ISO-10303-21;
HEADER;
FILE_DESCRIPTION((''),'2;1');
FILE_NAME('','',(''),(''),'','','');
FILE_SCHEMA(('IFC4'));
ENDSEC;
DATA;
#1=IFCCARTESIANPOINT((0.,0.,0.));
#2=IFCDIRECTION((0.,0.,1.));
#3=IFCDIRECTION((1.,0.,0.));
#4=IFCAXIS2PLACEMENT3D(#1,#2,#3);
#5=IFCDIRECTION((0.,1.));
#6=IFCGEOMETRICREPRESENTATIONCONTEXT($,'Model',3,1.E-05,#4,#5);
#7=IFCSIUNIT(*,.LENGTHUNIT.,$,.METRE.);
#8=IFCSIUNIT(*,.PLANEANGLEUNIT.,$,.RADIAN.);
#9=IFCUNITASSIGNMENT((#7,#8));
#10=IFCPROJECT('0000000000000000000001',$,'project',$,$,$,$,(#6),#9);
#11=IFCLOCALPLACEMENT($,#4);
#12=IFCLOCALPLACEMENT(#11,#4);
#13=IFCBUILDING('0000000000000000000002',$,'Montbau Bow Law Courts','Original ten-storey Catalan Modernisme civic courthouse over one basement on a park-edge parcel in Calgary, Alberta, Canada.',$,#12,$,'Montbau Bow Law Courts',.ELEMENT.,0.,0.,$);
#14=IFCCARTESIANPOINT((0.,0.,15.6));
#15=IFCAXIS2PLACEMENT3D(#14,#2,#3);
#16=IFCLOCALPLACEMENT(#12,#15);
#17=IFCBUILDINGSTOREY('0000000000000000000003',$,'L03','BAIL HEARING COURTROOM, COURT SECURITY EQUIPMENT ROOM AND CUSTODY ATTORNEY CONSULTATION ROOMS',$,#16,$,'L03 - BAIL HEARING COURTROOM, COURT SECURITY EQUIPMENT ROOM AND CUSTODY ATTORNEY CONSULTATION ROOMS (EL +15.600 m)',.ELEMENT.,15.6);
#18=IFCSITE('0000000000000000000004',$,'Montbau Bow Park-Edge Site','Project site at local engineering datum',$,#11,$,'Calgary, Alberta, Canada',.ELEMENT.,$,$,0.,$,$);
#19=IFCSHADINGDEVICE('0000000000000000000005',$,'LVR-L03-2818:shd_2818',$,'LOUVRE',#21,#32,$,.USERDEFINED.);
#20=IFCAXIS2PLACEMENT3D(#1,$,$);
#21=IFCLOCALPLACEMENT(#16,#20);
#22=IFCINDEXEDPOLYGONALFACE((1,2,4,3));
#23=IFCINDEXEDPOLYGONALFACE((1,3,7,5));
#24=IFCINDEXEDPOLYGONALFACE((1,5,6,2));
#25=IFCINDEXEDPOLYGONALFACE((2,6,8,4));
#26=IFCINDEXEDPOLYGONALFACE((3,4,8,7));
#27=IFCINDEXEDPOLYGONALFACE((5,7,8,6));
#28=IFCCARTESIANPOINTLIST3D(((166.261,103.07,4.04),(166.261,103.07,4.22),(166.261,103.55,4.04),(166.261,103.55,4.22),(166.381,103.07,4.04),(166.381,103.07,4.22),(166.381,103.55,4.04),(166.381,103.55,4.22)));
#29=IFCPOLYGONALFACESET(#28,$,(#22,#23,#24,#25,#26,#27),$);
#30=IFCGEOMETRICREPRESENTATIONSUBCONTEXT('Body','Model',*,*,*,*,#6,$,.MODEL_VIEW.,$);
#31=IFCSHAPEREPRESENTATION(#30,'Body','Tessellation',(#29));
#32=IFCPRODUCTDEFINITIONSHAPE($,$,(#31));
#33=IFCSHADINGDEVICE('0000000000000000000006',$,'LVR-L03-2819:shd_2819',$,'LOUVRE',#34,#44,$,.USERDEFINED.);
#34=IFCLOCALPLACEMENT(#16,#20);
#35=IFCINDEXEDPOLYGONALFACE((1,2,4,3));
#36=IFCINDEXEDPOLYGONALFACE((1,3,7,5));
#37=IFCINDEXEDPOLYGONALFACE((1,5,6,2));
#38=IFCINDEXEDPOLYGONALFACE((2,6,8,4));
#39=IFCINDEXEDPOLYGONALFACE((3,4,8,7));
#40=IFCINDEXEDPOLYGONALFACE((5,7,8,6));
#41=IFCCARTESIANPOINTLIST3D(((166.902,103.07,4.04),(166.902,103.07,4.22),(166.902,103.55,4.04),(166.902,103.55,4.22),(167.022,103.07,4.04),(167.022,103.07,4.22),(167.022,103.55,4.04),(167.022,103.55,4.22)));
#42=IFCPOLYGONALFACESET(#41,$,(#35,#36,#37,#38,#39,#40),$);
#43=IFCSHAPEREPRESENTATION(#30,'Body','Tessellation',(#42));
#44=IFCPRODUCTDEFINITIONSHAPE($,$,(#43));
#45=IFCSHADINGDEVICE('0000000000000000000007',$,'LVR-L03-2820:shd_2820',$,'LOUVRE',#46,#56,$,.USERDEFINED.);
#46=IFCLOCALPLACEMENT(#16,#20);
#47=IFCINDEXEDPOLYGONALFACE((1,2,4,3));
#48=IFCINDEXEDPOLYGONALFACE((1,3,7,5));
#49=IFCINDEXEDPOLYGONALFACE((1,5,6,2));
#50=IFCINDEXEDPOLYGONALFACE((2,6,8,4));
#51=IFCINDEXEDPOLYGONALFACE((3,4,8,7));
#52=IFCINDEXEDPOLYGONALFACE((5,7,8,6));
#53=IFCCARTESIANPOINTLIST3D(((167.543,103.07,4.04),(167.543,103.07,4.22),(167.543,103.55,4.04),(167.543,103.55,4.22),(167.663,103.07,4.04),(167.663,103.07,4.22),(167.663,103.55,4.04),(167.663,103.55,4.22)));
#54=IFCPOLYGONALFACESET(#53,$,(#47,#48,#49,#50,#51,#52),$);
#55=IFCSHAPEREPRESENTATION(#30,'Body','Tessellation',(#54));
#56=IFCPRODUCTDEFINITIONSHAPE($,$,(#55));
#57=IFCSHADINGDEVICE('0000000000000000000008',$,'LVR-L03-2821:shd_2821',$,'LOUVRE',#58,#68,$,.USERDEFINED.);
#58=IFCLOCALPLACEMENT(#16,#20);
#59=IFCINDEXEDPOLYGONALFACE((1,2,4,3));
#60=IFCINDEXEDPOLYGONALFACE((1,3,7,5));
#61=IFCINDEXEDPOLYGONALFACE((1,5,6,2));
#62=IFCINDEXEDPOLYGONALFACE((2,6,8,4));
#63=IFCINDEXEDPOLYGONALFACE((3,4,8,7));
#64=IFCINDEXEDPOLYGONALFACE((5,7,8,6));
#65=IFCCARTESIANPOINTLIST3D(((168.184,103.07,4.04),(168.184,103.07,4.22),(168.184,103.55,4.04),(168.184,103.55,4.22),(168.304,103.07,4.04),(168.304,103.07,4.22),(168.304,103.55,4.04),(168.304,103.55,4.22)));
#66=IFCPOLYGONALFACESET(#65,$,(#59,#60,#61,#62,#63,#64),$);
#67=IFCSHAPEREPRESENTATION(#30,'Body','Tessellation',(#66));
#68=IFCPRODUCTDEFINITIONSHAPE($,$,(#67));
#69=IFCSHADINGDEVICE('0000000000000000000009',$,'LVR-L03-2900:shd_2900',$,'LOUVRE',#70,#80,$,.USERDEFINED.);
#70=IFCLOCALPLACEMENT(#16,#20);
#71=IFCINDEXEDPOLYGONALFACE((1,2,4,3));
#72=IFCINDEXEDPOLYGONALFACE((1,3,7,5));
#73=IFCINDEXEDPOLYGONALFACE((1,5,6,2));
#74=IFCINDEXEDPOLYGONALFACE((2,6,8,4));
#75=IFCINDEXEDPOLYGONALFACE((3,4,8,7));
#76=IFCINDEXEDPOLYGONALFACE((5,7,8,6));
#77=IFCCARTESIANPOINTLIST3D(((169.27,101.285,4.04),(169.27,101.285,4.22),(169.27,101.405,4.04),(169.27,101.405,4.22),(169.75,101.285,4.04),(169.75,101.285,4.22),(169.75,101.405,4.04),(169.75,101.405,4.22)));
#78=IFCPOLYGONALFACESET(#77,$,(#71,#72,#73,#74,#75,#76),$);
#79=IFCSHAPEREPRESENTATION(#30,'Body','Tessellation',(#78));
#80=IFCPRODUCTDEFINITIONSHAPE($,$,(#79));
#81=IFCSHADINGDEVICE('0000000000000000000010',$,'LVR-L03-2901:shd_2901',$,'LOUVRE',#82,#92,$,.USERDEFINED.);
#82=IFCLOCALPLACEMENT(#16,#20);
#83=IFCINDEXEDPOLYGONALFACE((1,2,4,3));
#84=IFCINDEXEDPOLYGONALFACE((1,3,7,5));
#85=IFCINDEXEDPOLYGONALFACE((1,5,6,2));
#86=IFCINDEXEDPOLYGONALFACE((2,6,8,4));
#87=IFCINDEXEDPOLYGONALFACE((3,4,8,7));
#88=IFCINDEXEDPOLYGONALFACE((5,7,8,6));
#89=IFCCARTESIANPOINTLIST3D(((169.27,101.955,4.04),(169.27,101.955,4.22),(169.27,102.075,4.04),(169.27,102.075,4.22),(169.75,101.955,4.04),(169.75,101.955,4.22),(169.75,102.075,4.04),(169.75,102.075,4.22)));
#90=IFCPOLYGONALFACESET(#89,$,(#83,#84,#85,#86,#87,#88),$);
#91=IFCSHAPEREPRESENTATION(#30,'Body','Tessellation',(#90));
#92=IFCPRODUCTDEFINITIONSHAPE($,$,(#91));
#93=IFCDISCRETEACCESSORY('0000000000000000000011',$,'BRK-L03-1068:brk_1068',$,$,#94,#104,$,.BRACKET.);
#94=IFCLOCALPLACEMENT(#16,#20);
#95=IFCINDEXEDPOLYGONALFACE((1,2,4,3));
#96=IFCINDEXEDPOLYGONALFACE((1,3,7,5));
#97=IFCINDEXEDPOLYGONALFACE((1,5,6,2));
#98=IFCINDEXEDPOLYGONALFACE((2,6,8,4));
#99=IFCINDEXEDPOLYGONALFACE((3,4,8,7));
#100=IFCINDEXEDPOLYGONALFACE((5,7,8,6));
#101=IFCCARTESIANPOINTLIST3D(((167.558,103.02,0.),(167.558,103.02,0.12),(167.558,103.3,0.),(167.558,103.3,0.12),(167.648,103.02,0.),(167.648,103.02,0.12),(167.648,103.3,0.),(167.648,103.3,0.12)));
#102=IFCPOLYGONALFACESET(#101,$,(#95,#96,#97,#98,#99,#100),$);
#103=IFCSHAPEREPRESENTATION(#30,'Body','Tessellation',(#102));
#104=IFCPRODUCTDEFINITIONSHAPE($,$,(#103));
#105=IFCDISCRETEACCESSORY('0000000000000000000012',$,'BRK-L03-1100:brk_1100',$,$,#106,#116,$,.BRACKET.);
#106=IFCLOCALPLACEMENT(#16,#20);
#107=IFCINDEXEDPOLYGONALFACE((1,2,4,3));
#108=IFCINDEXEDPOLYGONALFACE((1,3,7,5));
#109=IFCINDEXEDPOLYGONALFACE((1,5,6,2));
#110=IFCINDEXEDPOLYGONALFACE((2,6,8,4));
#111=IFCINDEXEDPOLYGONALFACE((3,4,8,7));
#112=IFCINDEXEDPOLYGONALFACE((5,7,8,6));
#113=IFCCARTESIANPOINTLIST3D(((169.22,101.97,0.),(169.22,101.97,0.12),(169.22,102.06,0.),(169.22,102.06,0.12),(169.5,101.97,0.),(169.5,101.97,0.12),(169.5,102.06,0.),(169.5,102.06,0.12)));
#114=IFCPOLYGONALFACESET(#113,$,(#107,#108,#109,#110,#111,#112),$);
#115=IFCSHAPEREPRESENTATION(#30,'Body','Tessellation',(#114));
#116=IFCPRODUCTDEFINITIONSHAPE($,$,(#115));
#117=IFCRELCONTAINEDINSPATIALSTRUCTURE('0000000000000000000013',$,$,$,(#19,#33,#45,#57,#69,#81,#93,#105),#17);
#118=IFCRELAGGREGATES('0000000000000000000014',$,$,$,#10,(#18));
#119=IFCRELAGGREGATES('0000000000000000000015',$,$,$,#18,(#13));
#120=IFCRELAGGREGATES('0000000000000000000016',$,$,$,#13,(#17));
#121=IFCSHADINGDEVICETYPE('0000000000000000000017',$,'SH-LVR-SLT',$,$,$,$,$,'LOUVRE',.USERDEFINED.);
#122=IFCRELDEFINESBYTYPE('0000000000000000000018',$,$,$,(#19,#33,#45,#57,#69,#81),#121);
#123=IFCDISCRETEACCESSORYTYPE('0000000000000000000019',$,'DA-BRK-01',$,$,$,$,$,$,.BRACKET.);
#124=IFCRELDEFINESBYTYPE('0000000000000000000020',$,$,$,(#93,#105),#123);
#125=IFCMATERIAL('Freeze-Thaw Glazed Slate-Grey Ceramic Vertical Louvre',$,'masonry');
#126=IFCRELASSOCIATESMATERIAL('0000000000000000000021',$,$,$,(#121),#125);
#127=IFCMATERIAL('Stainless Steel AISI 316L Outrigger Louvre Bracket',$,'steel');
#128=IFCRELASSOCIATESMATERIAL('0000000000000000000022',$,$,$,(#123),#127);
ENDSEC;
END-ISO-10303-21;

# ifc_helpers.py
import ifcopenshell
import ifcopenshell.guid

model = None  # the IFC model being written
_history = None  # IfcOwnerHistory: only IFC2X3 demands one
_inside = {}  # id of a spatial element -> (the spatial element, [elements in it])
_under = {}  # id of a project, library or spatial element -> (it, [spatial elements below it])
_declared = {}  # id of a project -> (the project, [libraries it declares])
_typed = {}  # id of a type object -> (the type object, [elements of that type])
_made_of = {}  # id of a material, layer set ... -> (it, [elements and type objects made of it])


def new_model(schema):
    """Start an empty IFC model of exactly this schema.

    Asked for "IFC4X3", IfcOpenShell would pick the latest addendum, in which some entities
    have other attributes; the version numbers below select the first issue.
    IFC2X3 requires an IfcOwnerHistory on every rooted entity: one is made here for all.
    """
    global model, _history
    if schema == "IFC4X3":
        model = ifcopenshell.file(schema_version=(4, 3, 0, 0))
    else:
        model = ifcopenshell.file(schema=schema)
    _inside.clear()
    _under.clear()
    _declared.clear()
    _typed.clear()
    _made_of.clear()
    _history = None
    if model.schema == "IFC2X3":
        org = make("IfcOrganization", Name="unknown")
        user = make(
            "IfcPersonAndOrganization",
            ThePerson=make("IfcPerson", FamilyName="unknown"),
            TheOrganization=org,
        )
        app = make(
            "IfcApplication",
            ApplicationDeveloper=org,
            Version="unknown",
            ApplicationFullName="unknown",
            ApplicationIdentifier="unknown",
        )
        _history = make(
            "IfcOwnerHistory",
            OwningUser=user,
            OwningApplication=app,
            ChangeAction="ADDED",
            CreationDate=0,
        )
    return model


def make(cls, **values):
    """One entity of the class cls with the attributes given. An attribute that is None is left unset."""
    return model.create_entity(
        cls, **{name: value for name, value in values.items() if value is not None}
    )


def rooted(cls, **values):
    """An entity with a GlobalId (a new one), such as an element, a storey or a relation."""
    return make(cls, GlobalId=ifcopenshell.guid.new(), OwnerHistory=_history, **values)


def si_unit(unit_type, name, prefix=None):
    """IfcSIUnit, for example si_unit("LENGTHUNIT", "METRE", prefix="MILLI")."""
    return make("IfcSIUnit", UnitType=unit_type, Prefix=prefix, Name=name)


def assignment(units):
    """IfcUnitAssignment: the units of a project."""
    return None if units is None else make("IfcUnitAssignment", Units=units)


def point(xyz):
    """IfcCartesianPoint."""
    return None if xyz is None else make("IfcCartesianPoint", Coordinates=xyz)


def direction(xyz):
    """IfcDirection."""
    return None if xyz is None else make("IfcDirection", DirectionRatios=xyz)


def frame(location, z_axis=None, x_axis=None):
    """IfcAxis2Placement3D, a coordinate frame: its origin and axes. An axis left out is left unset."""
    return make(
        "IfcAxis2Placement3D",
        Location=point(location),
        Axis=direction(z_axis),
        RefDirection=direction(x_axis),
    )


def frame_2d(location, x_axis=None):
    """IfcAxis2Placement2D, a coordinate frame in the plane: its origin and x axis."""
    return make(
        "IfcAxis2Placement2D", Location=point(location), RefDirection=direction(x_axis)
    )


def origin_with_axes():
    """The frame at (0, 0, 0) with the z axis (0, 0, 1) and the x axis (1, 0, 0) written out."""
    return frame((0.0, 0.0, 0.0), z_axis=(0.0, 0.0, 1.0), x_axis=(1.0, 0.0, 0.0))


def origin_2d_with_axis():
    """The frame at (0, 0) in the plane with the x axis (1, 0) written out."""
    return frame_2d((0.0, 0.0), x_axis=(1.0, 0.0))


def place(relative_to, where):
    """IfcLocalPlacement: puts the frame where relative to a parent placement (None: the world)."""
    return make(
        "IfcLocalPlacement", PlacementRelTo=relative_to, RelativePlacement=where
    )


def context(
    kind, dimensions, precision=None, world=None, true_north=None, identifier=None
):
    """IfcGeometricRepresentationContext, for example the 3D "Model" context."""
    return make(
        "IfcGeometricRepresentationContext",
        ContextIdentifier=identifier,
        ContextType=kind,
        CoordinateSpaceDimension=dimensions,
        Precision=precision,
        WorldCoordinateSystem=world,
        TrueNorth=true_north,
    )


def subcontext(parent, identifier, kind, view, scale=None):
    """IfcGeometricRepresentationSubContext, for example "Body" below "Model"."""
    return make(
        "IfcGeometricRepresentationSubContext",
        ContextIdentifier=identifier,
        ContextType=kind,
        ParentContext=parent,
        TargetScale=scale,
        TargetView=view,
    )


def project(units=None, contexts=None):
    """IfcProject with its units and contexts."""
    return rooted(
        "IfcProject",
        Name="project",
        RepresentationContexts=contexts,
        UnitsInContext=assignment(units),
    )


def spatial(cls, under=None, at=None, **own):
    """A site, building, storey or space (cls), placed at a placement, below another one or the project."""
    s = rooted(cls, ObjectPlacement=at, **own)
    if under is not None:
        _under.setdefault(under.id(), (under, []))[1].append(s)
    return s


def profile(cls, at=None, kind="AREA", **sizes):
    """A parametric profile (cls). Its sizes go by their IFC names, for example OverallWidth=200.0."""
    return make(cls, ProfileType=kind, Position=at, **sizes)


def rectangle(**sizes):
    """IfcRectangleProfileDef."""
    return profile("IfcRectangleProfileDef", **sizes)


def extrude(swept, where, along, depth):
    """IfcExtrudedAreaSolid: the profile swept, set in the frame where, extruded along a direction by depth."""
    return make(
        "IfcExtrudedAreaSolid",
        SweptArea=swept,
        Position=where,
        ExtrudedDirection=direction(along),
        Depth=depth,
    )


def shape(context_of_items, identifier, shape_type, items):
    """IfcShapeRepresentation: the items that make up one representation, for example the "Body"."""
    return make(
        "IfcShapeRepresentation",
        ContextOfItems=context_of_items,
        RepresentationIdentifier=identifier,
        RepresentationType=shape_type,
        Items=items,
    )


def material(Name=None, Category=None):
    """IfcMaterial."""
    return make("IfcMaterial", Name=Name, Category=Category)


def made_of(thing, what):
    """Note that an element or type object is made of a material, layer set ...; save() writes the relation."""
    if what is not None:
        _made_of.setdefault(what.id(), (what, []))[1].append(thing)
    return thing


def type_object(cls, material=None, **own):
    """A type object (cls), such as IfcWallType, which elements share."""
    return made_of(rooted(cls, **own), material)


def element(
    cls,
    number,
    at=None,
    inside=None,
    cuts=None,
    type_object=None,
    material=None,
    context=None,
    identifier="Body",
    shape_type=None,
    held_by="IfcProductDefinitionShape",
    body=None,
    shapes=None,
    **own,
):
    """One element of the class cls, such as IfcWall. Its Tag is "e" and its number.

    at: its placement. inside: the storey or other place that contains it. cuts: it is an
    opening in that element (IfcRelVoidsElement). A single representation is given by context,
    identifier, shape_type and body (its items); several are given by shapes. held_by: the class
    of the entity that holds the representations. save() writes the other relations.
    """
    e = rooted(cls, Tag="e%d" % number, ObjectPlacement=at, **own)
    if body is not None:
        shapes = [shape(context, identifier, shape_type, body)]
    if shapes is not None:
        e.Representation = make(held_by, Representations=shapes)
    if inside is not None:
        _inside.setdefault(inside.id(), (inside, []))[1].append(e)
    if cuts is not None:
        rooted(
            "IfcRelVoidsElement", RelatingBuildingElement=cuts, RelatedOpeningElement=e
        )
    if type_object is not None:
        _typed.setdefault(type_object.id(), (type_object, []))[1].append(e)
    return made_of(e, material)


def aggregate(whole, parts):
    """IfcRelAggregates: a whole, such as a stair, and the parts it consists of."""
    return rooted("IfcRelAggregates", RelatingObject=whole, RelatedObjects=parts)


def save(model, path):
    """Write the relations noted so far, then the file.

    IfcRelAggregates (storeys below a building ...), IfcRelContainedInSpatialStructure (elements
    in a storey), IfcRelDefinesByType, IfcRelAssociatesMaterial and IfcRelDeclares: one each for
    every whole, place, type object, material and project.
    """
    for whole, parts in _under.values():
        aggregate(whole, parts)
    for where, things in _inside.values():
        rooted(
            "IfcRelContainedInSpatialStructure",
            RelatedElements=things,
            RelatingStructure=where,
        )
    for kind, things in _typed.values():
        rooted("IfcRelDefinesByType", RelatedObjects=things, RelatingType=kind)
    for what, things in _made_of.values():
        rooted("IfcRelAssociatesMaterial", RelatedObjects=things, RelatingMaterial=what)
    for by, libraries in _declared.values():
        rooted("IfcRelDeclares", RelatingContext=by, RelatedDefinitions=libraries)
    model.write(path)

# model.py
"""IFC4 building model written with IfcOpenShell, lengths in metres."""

from ifc_helpers import new_model, si_unit, direction, frame, origin_with_axes, origin_2d_with_axis, place, context, subcontext, project, spatial, rectangle, extrude, material, type_object, element, save


model = new_model("IFC4")

# Units and contexts
model_context = context("Model", 3, precision=1e-05, world=origin_with_axes(), true_north=direction((0.0, 1.0)))
body_context = subcontext(model_context, "Body", "Model", "MODEL_VIEW")
ifc_project = project(units=[si_unit("LENGTHUNIT", "METRE"), si_unit("PLANEANGLEUNIT", "RADIAN")], contexts=[model_context])

# Site, building, storey
site_placement = place(None, origin_with_axes())
site = spatial("IfcSite", under=ifc_project, at=site_placement, Name="Montbau Bow Park-Edge Site", Description="Project site at local engineering datum", LongName="Calgary, Alberta, Canada", CompositionType="ELEMENT", RefElevation=0.0)
building_placement = place(site_placement, origin_with_axes())
building = spatial("IfcBuilding", under=site, at=building_placement, Name="Montbau Bow Law Courts", Description="Original ten-storey Catalan Modernisme civic courthouse over one basement on a park-edge parcel in Calgary, Alberta, Canada.", LongName="Montbau Bow Law Courts", CompositionType="ELEMENT", ElevationOfRefHeight=0.0, ElevationOfTerrain=0.0)
storey_placement = place(building_placement, frame((0.0, 0.0, 15.6), z_axis=(0.0, 0.0, 1.0), x_axis=(1.0, 0.0, 0.0)))
storey = spatial("IfcBuildingStorey", under=building, at=storey_placement, Name="L03", Description="BAIL HEARING COURTROOM, COURT SECURITY EQUIPMENT ROOM AND CUSTODY ATTORNEY CONSULTATION ROOMS", LongName="L03 - BAIL HEARING COURTROOM, COURT SECURITY EQUIPMENT ROOM AND CUSTODY ATTORNEY CONSULTATION ROOMS (EL +15.600 m)", CompositionType="ELEMENT", Elevation=15.6)

# Shared definitions
ifc_material_1 = material(Name="Freeze-Thaw Glazed Slate-Grey Ceramic Vertical Louvre", Category="masonry")

# Shading devices
shading_device_type = type_object("IfcShadingDeviceType", Name="SH-LVR-SLT", ElementType="LOUVRE", PredefinedType="USERDEFINED", material=ifc_material_1)
for number, where, z_axis, x_axis, name in (
    (1, (166.321, 103.31, 19.64), (0.0, 0.0, 1.0), (0.0, 1.0, 0.0), "LVR-L03-2818:shd_2818"),
    (2, (166.962, 103.31, 19.64), (0.0, 0.0, 1.0), (0.0, 1.0, 0.0), "LVR-L03-2819:shd_2819"),
    (3, (167.603, 103.31, 19.64), (0.0, 0.0, 1.0), (0.0, 1.0, 0.0), "LVR-L03-2820:shd_2820"),
    (4, (168.244, 103.31, 19.64), (0.0, 0.0, 1.0), (0.0, 1.0, 0.0), "LVR-L03-2821:shd_2821"),
    (5, (169.51, 101.345, 19.64), (0.0, 0.0, 1.0), (1.0, 0.0, 0.0), "LVR-L03-2900:shd_2900"),
    (6, (169.51, 102.015, 19.64), (0.0, 0.0, 1.0), (1.0, 0.0, 0.0), "LVR-L03-2901:shd_2901"),
):
    element("IfcShadingDevice", number, at=place(None, frame(where, z_axis=z_axis, x_axis=x_axis)), inside=storey, type_object=shading_device_type, Name=name, ObjectType="LOUVRE", PredefinedType="USERDEFINED", context=body_context, shape_type="SweptSolid", body=[
        extrude(rectangle(XDim=0.48, YDim=0.12, at=origin_2d_with_axis()), origin_with_axes(), (0.0, 0.0, 1.0), 0.18),
    ])

# Discrete accessories
ifc_material_2 = material(Name="Stainless Steel AISI 316L Outrigger Louvre Bracket", Category="steel")
discrete_accessory_type = type_object("IfcDiscreteAccessoryType", Name="DA-BRK-01", PredefinedType="BRACKET", material=ifc_material_2)
for number, where, z_axis, x_axis, name in (
    (7, (167.603, 103.16, 15.6), (0.0, 0.0, 1.0), (0.0, 1.0, 0.0), "BRK-L03-1068:brk_1068"),
    (8, (169.36, 102.015, 15.6), (0.0, 0.0, 1.0), (1.0, 0.0, 0.0), "BRK-L03-1100:brk_1100"),
):
    element("IfcDiscreteAccessory", number, at=place(None, frame(where, z_axis=z_axis, x_axis=x_axis)), inside=storey, type_object=discrete_accessory_type, Name=name, PredefinedType="BRACKET", context=body_context, shape_type="SweptSolid", body=[
        extrude(rectangle(XDim=0.28, YDim=0.09, at=origin_2d_with_axis()), origin_with_axes(), (0.0, 0.0, 1.0), 0.12),
    ])

save(model, "model.ifc")
